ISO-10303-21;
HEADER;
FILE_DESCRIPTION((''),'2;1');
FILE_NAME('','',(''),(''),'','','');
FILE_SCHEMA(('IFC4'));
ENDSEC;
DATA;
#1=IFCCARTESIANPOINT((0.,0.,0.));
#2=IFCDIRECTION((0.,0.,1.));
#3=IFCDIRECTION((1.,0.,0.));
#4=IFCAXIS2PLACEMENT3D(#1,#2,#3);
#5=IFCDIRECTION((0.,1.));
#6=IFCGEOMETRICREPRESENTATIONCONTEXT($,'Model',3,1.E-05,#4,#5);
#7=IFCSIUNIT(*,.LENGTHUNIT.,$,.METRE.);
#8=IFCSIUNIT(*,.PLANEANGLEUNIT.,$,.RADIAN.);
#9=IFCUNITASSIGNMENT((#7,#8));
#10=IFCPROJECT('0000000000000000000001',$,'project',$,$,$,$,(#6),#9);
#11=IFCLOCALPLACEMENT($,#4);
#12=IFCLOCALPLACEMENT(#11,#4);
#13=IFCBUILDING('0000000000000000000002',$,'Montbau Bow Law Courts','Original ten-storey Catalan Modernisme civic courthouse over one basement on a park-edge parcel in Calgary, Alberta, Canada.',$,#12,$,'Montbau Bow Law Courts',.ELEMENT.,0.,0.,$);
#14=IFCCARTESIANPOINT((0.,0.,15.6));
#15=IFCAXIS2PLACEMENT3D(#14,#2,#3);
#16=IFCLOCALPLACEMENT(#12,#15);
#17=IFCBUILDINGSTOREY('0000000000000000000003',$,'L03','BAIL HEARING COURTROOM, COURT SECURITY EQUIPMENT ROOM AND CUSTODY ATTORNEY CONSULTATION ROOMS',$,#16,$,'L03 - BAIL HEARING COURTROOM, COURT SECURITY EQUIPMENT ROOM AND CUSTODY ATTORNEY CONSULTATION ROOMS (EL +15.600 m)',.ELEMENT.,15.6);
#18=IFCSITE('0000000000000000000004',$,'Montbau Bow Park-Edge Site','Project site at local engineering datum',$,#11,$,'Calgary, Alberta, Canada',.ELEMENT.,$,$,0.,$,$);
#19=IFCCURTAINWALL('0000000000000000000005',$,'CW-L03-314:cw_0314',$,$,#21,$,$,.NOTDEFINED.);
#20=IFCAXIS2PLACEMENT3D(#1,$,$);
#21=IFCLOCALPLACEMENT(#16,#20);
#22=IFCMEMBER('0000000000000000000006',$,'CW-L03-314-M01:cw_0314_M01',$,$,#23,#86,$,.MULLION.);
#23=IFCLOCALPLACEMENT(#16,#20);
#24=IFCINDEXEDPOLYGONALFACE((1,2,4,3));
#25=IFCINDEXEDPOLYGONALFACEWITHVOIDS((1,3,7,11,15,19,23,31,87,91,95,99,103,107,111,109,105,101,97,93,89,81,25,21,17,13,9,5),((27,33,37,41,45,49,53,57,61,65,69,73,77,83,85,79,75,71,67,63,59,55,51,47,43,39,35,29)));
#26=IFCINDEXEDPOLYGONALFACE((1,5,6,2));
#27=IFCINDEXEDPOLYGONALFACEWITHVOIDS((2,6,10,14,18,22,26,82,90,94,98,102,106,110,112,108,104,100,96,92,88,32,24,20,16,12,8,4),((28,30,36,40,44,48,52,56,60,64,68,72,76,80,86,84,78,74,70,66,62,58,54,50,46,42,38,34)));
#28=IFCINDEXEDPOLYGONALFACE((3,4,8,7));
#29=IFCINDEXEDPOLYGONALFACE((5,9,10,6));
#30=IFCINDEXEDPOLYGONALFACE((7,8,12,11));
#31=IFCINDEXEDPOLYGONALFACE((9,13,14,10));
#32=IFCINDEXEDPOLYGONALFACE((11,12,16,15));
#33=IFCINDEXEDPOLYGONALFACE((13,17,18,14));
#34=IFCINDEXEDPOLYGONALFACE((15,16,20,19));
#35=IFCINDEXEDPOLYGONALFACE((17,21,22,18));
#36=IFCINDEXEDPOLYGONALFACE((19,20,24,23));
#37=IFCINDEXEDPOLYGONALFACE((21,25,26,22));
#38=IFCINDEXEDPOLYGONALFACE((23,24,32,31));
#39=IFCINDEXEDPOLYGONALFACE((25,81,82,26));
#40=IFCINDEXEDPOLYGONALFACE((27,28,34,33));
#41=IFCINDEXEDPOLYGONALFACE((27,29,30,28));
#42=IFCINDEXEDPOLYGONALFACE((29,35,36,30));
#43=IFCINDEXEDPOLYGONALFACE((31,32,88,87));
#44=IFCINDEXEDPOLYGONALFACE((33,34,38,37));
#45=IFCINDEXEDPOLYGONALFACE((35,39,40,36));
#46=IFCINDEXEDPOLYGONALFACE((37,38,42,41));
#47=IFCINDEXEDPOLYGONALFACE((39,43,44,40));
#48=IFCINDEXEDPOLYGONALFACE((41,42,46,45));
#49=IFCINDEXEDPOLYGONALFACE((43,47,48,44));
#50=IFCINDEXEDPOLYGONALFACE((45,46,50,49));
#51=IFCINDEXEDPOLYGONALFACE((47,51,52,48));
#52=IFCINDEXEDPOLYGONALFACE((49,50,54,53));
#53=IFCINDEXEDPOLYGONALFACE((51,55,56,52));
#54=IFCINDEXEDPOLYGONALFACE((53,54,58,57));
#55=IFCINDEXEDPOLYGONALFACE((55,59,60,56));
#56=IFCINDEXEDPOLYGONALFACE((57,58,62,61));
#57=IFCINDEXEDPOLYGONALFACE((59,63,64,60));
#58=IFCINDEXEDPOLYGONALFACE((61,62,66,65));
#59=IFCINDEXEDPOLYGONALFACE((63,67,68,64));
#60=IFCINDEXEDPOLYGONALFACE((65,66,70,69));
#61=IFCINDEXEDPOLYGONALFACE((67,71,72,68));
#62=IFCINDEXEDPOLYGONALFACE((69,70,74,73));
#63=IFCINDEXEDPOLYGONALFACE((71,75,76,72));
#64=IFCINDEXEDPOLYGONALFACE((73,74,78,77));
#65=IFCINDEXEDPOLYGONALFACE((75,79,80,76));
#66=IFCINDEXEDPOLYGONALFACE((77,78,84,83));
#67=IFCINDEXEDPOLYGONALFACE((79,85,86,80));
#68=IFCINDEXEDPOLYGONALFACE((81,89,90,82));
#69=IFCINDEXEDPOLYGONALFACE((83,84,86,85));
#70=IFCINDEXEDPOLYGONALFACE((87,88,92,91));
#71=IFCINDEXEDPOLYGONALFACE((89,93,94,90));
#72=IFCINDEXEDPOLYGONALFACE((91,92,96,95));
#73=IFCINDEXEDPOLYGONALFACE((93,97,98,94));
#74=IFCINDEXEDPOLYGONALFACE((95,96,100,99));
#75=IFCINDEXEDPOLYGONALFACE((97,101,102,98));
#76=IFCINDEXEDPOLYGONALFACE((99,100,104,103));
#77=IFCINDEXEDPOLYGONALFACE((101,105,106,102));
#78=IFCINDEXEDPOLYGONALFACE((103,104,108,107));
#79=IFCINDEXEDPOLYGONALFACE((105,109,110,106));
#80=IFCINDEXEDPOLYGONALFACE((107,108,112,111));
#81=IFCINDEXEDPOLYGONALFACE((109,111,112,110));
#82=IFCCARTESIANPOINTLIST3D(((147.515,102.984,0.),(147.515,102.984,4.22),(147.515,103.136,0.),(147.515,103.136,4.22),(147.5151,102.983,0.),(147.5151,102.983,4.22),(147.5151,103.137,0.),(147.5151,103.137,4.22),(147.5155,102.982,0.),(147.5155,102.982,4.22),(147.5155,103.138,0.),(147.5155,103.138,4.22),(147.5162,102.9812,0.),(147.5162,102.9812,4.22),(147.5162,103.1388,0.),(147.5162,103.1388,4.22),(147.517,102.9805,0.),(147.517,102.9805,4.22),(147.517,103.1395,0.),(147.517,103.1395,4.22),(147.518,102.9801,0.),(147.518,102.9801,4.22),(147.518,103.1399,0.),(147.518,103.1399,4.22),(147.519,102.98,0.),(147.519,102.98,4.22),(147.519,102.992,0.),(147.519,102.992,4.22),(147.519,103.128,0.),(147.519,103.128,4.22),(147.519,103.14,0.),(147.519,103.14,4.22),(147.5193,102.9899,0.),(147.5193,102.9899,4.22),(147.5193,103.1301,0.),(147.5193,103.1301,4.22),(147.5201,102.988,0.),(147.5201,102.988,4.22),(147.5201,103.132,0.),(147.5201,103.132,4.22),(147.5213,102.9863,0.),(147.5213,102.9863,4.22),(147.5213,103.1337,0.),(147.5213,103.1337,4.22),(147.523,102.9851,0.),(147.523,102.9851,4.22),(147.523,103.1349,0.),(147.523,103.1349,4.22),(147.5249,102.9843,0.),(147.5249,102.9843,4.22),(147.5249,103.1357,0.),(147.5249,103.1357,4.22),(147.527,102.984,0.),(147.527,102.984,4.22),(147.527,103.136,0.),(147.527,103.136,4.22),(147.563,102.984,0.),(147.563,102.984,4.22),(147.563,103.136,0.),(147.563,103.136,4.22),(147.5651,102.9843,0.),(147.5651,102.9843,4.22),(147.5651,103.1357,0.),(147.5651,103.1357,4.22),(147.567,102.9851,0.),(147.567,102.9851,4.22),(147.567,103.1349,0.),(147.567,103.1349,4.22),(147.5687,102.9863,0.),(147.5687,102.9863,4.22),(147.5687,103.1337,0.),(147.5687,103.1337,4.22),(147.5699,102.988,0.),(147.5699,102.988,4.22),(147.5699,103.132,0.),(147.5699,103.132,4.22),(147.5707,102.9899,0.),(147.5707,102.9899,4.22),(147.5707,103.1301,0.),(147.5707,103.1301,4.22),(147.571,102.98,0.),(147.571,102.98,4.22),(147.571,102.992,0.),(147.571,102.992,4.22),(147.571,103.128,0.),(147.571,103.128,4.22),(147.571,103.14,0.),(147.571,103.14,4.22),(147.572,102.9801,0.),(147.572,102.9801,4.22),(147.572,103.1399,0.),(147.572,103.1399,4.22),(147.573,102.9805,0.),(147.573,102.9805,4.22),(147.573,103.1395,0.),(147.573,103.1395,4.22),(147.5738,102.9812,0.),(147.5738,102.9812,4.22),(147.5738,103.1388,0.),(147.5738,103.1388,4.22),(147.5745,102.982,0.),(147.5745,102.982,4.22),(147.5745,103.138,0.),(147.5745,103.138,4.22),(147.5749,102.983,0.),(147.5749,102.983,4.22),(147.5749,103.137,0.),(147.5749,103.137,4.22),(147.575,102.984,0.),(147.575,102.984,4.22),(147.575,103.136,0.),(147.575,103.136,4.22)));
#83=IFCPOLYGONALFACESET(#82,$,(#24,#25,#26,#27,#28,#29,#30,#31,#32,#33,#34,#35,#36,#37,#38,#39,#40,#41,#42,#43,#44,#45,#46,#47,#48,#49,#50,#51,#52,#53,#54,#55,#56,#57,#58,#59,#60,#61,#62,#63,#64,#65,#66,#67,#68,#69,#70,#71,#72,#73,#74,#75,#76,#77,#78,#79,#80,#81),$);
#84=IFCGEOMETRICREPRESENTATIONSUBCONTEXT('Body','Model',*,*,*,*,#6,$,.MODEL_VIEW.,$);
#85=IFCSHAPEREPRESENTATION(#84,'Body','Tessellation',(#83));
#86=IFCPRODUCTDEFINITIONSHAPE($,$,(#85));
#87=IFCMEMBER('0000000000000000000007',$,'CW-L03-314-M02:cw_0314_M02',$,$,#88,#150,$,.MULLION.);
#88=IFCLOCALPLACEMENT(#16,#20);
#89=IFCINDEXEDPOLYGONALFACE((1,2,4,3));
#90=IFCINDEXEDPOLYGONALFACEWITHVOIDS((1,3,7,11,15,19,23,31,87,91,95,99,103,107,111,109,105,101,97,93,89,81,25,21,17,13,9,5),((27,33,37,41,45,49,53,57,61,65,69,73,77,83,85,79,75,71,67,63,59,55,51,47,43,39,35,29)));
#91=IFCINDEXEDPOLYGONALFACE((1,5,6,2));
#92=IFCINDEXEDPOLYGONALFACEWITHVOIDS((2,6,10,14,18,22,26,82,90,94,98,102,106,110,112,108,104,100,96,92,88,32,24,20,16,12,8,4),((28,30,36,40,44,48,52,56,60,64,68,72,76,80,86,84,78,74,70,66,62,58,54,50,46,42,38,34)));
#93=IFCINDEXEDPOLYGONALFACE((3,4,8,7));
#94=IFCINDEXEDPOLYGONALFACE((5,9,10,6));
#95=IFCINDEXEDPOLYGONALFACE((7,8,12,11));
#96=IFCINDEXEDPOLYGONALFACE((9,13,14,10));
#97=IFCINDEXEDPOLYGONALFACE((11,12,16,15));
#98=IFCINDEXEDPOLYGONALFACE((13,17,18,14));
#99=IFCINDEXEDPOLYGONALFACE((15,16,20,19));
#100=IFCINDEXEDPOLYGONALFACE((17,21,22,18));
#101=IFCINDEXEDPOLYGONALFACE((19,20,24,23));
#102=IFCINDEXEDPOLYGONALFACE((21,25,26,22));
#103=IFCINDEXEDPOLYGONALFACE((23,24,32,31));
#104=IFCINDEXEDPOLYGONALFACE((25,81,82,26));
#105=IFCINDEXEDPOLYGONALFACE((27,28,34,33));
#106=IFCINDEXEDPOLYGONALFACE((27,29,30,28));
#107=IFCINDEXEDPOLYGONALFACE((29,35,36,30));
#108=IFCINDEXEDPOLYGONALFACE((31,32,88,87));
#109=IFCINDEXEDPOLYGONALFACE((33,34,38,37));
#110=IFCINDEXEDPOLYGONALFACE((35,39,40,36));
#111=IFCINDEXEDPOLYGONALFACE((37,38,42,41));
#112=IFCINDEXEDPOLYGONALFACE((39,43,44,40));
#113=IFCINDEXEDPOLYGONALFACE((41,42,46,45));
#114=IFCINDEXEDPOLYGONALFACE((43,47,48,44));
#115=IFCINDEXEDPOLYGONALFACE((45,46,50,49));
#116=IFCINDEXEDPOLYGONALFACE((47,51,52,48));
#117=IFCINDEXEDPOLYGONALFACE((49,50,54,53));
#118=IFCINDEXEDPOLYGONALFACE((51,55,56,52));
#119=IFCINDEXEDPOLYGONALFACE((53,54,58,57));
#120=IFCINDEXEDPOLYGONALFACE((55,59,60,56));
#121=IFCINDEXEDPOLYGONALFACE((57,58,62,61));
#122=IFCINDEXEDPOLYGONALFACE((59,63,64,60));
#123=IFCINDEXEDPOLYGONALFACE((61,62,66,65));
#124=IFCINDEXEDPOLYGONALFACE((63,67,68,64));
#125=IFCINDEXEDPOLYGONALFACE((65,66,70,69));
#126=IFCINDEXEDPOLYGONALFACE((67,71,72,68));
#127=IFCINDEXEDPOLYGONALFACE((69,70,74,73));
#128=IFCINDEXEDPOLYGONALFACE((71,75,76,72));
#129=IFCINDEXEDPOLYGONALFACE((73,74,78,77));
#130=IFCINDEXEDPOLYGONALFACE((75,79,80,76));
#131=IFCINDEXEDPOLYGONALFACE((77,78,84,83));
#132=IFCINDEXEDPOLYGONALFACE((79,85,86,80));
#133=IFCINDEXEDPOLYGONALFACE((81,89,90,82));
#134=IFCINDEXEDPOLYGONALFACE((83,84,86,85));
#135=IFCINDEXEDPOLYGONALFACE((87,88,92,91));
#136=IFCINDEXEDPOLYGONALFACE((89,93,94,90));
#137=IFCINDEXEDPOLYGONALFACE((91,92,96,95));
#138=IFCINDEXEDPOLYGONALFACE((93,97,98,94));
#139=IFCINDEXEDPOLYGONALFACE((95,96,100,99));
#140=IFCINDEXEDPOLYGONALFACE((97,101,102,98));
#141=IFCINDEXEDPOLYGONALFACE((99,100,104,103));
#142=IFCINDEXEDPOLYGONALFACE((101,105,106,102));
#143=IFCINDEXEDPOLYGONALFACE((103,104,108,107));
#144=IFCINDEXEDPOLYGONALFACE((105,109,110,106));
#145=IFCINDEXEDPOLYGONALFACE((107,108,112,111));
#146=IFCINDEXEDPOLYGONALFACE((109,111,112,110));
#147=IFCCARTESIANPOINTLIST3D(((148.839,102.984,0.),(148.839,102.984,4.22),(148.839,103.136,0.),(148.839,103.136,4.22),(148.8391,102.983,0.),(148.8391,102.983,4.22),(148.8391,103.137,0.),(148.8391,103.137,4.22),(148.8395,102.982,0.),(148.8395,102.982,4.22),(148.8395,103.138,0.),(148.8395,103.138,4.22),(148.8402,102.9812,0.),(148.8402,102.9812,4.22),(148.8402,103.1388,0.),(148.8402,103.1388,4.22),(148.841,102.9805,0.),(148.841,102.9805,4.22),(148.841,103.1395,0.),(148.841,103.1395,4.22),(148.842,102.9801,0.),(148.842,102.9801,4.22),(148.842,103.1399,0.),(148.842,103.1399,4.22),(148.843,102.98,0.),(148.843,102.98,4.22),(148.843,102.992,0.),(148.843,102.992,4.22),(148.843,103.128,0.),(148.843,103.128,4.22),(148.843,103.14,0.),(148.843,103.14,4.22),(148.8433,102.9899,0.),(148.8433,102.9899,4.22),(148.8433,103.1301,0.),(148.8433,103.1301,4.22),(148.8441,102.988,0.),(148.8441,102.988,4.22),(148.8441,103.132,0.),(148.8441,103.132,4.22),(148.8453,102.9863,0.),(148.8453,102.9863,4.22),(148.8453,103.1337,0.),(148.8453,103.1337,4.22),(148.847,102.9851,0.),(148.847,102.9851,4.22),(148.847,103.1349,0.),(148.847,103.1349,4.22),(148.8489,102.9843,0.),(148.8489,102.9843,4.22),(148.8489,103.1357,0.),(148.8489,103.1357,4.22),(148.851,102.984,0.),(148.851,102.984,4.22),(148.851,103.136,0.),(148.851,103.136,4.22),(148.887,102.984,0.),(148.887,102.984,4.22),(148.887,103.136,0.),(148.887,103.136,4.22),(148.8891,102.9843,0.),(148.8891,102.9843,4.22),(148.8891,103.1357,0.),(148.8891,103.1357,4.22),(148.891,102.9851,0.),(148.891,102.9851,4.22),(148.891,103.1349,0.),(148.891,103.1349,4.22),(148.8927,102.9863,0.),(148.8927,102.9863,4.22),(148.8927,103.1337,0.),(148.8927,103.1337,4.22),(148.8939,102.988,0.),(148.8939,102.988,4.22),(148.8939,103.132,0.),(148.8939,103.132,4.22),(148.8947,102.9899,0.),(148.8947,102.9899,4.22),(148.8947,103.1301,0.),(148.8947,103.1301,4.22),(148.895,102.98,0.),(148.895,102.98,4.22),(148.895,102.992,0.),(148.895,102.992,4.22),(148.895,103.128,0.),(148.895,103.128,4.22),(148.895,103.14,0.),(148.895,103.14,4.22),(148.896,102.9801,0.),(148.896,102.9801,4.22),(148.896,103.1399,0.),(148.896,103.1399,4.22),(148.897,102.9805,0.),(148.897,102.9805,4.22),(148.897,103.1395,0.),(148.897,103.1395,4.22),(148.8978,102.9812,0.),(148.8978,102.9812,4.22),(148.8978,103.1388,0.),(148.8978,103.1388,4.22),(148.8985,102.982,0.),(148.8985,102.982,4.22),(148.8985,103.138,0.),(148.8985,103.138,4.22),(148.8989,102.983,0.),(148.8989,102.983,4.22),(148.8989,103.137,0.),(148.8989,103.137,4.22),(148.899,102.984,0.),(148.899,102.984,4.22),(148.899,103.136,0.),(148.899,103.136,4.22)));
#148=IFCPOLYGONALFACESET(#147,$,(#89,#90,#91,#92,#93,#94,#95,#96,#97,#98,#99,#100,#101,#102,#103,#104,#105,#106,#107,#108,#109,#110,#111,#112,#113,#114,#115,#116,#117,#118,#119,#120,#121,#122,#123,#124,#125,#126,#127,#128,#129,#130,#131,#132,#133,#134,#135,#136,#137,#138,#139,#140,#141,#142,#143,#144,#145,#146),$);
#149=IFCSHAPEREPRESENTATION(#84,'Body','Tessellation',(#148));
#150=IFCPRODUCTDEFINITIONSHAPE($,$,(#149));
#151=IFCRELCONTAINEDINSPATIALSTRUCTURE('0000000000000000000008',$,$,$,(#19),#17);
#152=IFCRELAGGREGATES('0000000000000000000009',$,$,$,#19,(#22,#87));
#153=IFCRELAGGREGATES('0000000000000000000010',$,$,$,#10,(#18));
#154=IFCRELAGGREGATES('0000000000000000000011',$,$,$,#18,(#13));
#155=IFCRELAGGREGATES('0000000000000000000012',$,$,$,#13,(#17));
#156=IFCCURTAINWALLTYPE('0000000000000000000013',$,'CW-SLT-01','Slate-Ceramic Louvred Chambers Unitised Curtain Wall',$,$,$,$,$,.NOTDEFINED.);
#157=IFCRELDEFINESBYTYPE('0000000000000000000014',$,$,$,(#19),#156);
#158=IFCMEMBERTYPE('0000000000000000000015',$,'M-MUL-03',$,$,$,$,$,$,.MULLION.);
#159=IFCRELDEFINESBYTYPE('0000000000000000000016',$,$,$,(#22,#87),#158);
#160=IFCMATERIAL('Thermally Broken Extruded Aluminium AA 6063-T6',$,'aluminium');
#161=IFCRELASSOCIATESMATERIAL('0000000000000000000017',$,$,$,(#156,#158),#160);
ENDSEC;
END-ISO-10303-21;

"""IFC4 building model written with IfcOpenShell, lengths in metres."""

from ifc_helpers import new_model, si_unit, direction, frame, origin_with_axes, origin_2d_with_axis, place, context, subcontext, project, spatial, hollow_rectangle, extrude, material, material_profile, profile_set, type_object, element, aggregate, save


model = new_model("IFC4")

# Units and contexts
model_context = context("Model", 3, precision=1e-05, world=origin_with_axes(), true_north=direction((0.0, 1.0)))
body_context = subcontext(model_context, "Body", "Model", "MODEL_VIEW")
ifc_project = project(units=[si_unit("LENGTHUNIT", "METRE"), si_unit("PLANEANGLEUNIT", "RADIAN")], contexts=[model_context])

# Site, building, storey
site_placement = place(None, origin_with_axes())
site = spatial("IfcSite", under=ifc_project, at=site_placement, Name="Montbau Bow Park-Edge Site", Description="Project site at local engineering datum", LongName="Calgary, Alberta, Canada", CompositionType="ELEMENT", RefElevation=0.0)
building_placement = place(site_placement, origin_with_axes())
building = spatial("IfcBuilding", under=site, at=building_placement, Name="Montbau Bow Law Courts", Description="Original ten-storey Catalan Modernisme civic courthouse over one basement on a park-edge parcel in Calgary, Alberta, Canada.", LongName="Montbau Bow Law Courts", CompositionType="ELEMENT", ElevationOfRefHeight=0.0, ElevationOfTerrain=0.0)
storey_placement = place(building_placement, frame((0.0, 0.0, 15.6), z_axis=(0.0, 0.0, 1.0), x_axis=(1.0, 0.0, 0.0)))
storey = spatial("IfcBuildingStorey", under=building, at=storey_placement, Name="L03", Description="BAIL HEARING COURTROOM, COURT SECURITY EQUIPMENT ROOM AND CUSTODY ATTORNEY CONSULTATION ROOMS", LongName="L03 - BAIL HEARING COURTROOM, COURT SECURITY EQUIPMENT ROOM AND CUSTODY ATTORNEY CONSULTATION ROOMS (EL +15.600 m)", CompositionType="ELEMENT", Elevation=15.6)

# Curtain wall, members
ifc_material_1 = material(Name="Thermally Broken Extruded Aluminium AA 6063-T6", Category="aluminium")
curtain_wall_type = type_object("IfcCurtainWallType", Name="CW-SLT-01", Description="Slate-Ceramic Louvred Chambers Unitised Curtain Wall", PredefinedType="NOTDEFINED", material=ifc_material_1)
curtain_wall_placement = place(None, frame((147.515, 103.06, 15.6), z_axis=(0.0, 0.0, 1.0), x_axis=(1.0, 0.0, 0.0)))
curtain_wall = element("IfcCurtainWall", 1, at=curtain_wall_placement, inside=storey, type_object=curtain_wall_type, Name="CW-L03-314:cw_0314", PredefinedType="NOTDEFINED")
ifc_material_profile_1 = material_profile(ifc_material_1, hollow_rectangle(XDim=0.06, YDim=0.16, WallThickness=0.004, InnerFilletRadius=0.008, OuterFilletRadius=0.004, at=origin_2d_with_axis()), Name="CWM-160X60", Category="Main", Priority=0)
ifc_profile_set_1 = profile_set([ifc_material_profile_1], Name="Thermally Broken Extruded Aluminium AA 6063-T6")
member_type_1 = type_object("IfcMemberType", Name="M-MUL-03", PredefinedType="MULLION", material=ifc_profile_set_1)
member_1_placement = place(None, frame((147.545, 103.06, 15.6), z_axis=(0.0, 0.0, 1.0), x_axis=(1.0, 0.0, 0.0)))
member_1 = element("IfcMember", 2, at=member_1_placement, type_object=member_type_1, Name="CW-L03-314-M01:cw_0314_M01", PredefinedType="MULLION", context=body_context, shape_type="SweptSolid", body=[
    extrude(hollow_rectangle(XDim=0.06, YDim=0.16, WallThickness=0.004, InnerFilletRadius=0.008, OuterFilletRadius=0.004, at=origin_2d_with_axis()), origin_with_axes(), (0.0, 0.0, 1.0), 4.22),
])
member_2_placement = place(None, frame((148.869, 103.06, 15.6), z_axis=(0.0, 0.0, 1.0), x_axis=(1.0, 0.0, 0.0)))
member_2 = element("IfcMember", 3, at=member_2_placement, type_object=member_type_1, Name="CW-L03-314-M02:cw_0314_M02", PredefinedType="MULLION", context=body_context, shape_type="SweptSolid", body=[
    extrude(hollow_rectangle(XDim=0.06, YDim=0.16, WallThickness=0.004, InnerFilletRadius=0.008, OuterFilletRadius=0.004, at=origin_2d_with_axis()), origin_with_axes(), (0.0, 0.0, 1.0), 4.22),
])
aggregate(curtain_wall, [member_1, member_2])

save(model, "model.ifc")
